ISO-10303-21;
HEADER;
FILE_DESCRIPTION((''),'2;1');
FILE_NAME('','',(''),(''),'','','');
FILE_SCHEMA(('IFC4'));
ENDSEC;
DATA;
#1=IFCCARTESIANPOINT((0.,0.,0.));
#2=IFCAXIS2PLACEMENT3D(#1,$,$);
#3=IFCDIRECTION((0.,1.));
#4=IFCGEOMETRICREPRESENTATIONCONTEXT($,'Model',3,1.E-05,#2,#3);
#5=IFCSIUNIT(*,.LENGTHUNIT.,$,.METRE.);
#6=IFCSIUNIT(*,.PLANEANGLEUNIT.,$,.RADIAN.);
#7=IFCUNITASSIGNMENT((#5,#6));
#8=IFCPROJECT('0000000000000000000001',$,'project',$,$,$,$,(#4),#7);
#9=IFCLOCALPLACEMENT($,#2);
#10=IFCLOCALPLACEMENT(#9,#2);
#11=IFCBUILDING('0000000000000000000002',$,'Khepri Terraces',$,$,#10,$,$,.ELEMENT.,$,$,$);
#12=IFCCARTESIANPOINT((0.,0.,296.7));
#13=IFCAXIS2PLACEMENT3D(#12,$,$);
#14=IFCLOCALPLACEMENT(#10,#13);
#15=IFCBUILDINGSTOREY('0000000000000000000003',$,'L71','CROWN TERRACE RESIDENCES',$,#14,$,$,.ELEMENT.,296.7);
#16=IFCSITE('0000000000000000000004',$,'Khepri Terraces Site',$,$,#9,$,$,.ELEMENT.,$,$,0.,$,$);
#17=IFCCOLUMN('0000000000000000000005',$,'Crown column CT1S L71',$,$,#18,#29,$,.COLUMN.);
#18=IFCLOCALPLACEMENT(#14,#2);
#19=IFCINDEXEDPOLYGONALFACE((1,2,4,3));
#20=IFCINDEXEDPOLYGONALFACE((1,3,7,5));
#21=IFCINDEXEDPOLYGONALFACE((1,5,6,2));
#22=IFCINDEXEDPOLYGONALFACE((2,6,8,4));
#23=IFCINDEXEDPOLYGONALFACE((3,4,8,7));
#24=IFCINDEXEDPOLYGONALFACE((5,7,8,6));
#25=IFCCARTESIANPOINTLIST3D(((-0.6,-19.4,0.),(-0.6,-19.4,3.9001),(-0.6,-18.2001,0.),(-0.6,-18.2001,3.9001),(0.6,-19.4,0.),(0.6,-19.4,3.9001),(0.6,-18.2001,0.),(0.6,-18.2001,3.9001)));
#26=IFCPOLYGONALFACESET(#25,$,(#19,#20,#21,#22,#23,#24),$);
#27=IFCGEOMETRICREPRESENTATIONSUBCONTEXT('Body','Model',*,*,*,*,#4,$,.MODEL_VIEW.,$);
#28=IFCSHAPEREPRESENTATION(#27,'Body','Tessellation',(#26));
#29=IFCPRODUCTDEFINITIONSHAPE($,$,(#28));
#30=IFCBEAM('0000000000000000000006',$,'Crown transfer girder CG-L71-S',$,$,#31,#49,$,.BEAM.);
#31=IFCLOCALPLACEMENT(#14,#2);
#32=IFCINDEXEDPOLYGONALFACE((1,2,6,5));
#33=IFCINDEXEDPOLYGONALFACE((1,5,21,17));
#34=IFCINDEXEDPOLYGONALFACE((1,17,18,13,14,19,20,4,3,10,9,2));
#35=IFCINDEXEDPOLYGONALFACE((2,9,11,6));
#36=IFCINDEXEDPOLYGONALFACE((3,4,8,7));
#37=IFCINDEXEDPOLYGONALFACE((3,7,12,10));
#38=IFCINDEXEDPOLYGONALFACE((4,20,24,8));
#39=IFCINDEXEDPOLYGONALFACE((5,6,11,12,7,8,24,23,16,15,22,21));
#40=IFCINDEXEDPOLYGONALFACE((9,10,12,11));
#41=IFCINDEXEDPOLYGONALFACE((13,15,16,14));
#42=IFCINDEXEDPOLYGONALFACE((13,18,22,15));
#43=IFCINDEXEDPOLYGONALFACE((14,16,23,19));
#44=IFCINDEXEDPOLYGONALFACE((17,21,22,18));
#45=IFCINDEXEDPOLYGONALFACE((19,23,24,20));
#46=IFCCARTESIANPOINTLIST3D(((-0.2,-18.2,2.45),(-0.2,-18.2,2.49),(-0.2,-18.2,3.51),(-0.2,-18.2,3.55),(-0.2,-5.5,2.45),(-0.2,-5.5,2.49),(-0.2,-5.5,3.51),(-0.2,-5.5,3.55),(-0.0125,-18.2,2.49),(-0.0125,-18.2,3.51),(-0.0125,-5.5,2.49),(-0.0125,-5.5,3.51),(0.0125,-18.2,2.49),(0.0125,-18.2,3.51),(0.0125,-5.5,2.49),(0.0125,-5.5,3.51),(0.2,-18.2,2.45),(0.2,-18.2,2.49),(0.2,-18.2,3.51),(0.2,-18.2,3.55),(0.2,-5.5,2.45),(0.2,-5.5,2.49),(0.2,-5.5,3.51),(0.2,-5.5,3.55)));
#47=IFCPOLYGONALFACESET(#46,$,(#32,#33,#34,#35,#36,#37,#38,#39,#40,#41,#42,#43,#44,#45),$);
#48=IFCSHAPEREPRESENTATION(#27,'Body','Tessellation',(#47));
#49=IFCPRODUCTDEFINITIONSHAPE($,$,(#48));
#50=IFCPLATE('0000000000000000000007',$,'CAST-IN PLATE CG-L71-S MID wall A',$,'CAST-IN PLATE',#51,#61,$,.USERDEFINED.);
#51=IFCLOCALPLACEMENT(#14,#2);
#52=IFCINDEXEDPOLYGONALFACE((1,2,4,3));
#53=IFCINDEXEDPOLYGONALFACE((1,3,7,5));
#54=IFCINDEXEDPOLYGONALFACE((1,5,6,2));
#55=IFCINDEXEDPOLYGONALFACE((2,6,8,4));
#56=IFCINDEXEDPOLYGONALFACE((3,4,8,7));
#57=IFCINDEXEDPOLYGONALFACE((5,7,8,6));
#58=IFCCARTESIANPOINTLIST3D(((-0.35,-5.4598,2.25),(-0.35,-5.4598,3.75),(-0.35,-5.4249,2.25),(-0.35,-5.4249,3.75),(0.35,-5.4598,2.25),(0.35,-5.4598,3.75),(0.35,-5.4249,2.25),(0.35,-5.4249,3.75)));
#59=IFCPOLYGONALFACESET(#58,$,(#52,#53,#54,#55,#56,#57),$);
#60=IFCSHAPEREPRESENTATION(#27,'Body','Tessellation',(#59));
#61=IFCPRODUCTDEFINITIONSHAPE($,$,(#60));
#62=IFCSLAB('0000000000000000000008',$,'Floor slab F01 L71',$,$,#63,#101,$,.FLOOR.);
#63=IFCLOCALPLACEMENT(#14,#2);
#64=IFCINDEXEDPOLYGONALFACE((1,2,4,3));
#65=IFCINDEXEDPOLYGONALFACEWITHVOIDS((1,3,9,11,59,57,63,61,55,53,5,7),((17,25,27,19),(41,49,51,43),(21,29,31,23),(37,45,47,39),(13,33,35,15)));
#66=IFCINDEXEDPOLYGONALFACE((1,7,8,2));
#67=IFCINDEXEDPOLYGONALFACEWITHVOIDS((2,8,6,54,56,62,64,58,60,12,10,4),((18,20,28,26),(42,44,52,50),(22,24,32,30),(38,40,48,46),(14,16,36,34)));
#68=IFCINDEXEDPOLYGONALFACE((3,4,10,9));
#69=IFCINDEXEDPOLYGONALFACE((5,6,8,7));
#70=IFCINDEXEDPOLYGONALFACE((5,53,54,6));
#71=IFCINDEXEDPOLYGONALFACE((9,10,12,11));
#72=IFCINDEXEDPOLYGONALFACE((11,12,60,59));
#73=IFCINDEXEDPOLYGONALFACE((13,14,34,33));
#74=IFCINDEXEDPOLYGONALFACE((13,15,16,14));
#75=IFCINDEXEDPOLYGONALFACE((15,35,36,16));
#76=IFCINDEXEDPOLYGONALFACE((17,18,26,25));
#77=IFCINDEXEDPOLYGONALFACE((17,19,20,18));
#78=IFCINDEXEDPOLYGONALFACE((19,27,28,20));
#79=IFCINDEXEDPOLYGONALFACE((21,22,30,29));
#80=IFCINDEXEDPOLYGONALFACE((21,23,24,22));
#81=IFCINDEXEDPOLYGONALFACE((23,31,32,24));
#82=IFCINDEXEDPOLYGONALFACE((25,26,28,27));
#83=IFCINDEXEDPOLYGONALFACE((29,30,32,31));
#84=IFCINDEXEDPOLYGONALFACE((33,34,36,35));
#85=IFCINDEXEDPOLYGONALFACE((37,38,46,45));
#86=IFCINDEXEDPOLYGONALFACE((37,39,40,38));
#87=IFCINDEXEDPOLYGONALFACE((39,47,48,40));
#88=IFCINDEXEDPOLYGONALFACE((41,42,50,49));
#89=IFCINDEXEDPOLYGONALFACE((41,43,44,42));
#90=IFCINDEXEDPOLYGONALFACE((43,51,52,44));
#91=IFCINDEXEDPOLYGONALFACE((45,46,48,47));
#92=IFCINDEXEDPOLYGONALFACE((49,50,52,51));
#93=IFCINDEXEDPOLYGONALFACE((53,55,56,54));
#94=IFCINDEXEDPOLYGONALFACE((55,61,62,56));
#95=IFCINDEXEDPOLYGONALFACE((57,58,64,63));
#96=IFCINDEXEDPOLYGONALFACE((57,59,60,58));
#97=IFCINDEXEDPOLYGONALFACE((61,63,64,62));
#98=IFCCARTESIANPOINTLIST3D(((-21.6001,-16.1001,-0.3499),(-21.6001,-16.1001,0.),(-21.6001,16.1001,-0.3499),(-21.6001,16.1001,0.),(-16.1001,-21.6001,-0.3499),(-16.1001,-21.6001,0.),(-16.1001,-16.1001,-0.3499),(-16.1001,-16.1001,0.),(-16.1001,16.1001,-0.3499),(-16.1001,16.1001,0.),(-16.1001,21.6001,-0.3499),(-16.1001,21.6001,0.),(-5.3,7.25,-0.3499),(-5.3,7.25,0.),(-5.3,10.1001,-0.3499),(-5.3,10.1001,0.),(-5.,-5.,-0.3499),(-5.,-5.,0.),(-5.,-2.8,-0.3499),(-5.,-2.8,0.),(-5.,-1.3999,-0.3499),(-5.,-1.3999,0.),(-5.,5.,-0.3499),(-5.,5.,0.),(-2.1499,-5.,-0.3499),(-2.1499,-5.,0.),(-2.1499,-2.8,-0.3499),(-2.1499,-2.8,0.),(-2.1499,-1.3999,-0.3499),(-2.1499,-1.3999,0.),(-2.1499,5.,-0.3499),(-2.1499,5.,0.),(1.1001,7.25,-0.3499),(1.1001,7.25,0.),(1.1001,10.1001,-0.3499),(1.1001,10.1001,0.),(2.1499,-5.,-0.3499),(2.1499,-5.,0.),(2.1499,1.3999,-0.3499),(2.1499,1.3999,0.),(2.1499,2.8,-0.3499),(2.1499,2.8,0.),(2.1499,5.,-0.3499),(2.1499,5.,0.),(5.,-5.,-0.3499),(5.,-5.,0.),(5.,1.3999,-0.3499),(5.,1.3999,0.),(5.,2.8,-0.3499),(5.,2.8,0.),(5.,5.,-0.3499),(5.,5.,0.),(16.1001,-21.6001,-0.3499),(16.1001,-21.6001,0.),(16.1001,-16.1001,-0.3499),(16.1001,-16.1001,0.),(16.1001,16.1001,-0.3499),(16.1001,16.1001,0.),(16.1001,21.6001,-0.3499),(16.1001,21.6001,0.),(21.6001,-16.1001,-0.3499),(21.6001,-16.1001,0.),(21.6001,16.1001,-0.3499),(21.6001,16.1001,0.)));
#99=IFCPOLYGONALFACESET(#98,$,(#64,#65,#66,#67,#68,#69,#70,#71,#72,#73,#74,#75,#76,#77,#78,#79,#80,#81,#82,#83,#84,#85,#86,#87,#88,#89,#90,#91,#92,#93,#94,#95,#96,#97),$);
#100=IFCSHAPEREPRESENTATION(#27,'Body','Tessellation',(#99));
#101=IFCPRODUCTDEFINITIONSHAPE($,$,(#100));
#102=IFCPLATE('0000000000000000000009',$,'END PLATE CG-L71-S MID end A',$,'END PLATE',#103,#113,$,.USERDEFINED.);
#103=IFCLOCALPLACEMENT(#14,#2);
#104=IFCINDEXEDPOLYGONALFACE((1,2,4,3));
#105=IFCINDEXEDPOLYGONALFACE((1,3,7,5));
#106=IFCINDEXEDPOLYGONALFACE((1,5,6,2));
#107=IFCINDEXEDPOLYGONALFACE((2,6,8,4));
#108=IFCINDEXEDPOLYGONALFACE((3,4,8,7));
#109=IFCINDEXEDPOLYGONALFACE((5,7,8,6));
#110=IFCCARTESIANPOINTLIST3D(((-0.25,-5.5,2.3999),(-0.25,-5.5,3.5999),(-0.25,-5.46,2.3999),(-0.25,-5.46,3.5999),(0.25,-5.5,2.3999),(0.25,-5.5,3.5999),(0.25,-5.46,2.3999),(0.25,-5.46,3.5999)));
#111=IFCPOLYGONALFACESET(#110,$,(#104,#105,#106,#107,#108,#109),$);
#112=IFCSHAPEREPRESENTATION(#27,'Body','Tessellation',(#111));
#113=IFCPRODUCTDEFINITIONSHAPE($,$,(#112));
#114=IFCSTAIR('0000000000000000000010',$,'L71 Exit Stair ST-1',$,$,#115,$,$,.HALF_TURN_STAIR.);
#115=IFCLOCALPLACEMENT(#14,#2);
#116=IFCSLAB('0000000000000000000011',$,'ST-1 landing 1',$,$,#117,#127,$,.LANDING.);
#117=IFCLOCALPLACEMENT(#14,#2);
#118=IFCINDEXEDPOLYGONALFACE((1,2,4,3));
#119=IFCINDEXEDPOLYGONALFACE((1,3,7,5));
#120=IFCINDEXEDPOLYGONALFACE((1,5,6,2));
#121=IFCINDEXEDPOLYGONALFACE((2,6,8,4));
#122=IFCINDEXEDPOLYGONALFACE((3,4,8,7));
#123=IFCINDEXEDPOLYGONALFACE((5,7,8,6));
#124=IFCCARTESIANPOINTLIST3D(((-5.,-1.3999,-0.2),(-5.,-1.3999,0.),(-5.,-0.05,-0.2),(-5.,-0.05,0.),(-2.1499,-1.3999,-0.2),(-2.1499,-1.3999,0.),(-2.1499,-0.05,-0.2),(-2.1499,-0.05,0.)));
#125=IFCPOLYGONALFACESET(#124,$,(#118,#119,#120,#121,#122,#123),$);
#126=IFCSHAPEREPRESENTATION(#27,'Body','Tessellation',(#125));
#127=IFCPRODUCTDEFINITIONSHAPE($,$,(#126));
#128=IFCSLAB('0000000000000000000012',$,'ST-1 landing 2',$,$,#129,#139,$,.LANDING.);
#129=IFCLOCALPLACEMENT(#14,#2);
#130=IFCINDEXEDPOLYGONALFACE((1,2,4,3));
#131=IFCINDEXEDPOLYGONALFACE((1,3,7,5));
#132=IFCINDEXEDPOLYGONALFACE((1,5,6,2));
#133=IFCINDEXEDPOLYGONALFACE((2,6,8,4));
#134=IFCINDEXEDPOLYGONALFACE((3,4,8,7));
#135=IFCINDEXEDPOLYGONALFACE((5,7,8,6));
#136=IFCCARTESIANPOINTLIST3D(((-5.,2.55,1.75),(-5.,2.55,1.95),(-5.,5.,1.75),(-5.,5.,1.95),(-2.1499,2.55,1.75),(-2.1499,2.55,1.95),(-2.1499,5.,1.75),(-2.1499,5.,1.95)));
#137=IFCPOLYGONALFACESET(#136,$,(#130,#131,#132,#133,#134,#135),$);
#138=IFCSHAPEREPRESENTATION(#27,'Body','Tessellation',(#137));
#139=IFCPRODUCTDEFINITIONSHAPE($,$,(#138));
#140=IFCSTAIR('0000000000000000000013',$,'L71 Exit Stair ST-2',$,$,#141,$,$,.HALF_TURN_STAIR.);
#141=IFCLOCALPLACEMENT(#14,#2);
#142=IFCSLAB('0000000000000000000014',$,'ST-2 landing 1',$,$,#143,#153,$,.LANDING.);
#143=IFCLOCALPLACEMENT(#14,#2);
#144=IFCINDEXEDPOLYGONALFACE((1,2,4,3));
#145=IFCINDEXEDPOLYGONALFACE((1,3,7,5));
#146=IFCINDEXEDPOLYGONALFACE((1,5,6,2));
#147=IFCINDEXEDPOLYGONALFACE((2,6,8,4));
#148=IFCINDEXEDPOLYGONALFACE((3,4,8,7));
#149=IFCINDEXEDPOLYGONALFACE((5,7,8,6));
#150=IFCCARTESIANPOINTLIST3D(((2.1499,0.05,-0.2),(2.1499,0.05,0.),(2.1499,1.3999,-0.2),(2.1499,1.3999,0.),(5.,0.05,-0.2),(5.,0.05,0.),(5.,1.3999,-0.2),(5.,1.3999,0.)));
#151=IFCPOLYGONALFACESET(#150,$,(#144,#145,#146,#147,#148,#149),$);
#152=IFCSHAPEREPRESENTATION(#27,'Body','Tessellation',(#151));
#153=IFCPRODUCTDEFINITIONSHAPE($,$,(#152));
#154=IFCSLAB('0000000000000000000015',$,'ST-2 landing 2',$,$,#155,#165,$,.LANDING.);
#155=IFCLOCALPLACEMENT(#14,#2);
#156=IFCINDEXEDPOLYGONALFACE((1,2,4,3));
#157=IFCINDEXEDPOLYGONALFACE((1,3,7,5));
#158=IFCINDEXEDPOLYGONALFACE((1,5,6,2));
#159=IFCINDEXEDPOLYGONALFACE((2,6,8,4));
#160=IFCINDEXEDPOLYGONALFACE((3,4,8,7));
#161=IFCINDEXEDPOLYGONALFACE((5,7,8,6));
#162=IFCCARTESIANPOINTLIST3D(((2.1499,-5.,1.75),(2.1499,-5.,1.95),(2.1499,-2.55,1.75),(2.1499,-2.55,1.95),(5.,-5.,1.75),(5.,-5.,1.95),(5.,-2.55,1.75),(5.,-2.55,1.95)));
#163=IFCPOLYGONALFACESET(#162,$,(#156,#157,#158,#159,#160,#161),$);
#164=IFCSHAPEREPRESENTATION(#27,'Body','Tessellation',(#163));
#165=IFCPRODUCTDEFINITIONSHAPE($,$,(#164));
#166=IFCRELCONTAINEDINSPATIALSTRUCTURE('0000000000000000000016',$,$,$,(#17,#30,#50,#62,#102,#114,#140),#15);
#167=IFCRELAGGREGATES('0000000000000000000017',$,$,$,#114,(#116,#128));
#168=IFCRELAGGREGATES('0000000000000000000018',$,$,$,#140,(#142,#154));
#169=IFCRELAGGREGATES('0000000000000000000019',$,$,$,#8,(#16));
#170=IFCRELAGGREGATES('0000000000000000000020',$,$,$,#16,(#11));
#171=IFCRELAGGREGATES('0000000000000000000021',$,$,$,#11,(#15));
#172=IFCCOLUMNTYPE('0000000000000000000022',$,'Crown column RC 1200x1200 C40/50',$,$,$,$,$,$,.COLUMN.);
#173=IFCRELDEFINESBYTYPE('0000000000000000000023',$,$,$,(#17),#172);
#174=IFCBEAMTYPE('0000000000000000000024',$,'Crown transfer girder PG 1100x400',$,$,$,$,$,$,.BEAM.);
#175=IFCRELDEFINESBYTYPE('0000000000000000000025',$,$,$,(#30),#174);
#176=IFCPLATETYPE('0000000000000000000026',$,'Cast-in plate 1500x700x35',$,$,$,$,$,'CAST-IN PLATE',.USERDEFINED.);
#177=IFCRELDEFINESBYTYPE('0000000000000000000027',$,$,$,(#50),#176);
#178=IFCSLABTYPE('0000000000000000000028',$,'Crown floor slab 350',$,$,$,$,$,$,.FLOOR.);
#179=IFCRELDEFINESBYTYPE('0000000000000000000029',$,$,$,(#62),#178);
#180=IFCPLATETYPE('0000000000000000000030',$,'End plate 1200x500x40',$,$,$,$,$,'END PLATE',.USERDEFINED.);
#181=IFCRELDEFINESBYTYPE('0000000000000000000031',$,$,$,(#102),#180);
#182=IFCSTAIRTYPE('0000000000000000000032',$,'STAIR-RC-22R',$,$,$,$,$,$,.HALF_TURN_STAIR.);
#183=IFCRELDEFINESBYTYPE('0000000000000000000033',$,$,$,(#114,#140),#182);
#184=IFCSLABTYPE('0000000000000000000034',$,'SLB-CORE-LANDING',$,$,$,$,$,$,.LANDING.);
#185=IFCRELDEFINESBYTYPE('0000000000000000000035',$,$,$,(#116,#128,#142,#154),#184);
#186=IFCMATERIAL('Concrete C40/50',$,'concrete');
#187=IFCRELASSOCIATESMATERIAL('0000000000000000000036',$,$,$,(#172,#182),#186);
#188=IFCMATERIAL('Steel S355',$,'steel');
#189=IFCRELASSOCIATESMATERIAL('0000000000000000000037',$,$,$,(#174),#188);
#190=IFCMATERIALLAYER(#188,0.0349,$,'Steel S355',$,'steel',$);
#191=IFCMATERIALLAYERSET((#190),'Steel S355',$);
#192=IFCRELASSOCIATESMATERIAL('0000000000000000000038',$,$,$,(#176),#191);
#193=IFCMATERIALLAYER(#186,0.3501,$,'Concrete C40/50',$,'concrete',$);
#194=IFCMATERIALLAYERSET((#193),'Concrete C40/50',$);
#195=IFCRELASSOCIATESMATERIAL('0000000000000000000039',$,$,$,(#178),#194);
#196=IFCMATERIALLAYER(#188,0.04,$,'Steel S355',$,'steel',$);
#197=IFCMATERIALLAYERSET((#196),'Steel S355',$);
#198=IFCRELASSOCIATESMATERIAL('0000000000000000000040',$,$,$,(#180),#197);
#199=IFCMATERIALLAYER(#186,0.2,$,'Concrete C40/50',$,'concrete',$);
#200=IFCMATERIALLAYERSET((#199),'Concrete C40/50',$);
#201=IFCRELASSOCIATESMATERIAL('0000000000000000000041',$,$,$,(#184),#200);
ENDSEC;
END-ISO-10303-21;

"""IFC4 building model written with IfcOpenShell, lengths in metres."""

from ifc_helpers import new_model, si_unit, direction, frame, origin, origin_2d, place, context, subcontext, project, spatial, polyline, rectangle, i_section, outline, extrude, material, layer, layer_set, material_profile, profile_set, type_object, element, aggregate, save


model = new_model("IFC4")

# Units and contexts
model_context = context("Model", 3, precision=1e-05, world=origin(), true_north=direction((0.0, 1.0)))
body_context = subcontext(model_context, "Body", "Model", "MODEL_VIEW")
ifc_project = project(units=[si_unit("LENGTHUNIT", "METRE"), si_unit("PLANEANGLEUNIT", "RADIAN")], contexts=[model_context])

# Site, building, storey
site_placement = place(None, origin())
site = spatial("IfcSite", under=ifc_project, at=site_placement, Name="Khepri Terraces Site", CompositionType="ELEMENT", RefElevation=0.0)
building_placement = place(site_placement, origin())
building = spatial("IfcBuilding", under=site, at=building_placement, Name="Khepri Terraces", CompositionType="ELEMENT")
storey_placement = place(building_placement, frame((0.0, 0.0, 296.7)))
storey = spatial("IfcBuildingStorey", under=building, at=storey_placement, Name="L71", Description="CROWN TERRACE RESIDENCES", CompositionType="ELEMENT", Elevation=296.7)

# Column
ifc_material_1 = material(Name="Concrete C40/50", Category="concrete")
ifc_material_profile_1 = material_profile(ifc_material_1, rectangle(XDim=1.2, YDim=1.2, at=origin_2d()), Name="Concrete C40/50", Category="concrete")
ifc_profile_set_1 = profile_set([ifc_material_profile_1], Name="Concrete C40/50")
column_type = type_object("IfcColumnType", Name="Crown column RC 1200x1200 C40/50", PredefinedType="COLUMN", material=ifc_profile_set_1)
column_placement = place(storey_placement, frame((0.0, -18.8, 0.0), z_axis=(0.0, 0.0, 1.0), x_axis=(1.0, 0.0, 0.0)))
element("IfcColumn", 1, at=column_placement, inside=storey, type_object=column_type, Name="Crown column CT1S L71", PredefinedType="COLUMN", context=body_context, shape_type="SweptSolid", body=[
    extrude(rectangle(XDim=1.2, YDim=1.2, at=origin_2d()), origin(), (0.0, 0.0, 1.0), 3.9001),
])

# Beam
ifc_material_2 = material(Name="Steel S355", Category="steel")
ifc_material_profile_2 = material_profile(ifc_material_2, i_section(OverallWidth=0.3999, OverallDepth=1.1001, WebThickness=0.0249, FlangeThickness=0.04, at=origin_2d()), Name="Steel S355", Category="steel")
ifc_profile_set_2 = profile_set([ifc_material_profile_2], Name="Steel S355")
beam_type = type_object("IfcBeamType", Name="Crown transfer girder PG 1100x400", PredefinedType="BEAM", material=ifc_profile_set_2)
beam_placement = place(storey_placement, frame((0.0, -5.5, 3.0), z_axis=(0.0, -1.0, 0.0), x_axis=(1.0, 0.0, 0.0)))
element("IfcBeam", 2, at=beam_placement, inside=storey, type_object=beam_type, Name="Crown transfer girder CG-L71-S", PredefinedType="BEAM", context=body_context, shape_type="SweptSolid", body=[
    extrude(i_section(OverallWidth=0.3999, OverallDepth=1.1001, WebThickness=0.0249, FlangeThickness=0.04, at=origin_2d()), origin(), (0.0, 0.0, 1.0), 12.7),
])

# Plate
ifc_layer_1 = layer(ifc_material_2, 0.0349, Name="Steel S355", Category="steel")
ifc_layer_set_1 = layer_set([ifc_layer_1], Name="Steel S355")
plate_type_1 = type_object("IfcPlateType", Name="Cast-in plate 1500x700x35", ElementType="CAST-IN PLATE", PredefinedType="USERDEFINED", material=ifc_layer_set_1)
plate_1_placement = place(storey_placement, frame((0.0, -5.4424, 2.25), z_axis=(0.0, 0.0, 1.0), x_axis=(0.0, -1.0, 0.0)))
element("IfcPlate", 3, at=plate_1_placement, inside=storey, type_object=plate_type_1, Name="CAST-IN PLATE CG-L71-S MID wall A", ObjectType="CAST-IN PLATE", PredefinedType="USERDEFINED", context=body_context, shape_type="SweptSolid", body=[
    extrude(rectangle(XDim=0.0349, YDim=0.7, at=origin_2d()), origin(), (0.0, 0.0, 1.0), 1.5),
])

# Slab
ifc_layer_2 = layer(ifc_material_1, 0.3501, Name="Concrete C40/50", Category="concrete")
ifc_layer_set_2 = layer_set([ifc_layer_2], Name="Concrete C40/50")
slab_type_1 = type_object("IfcSlabType", Name="Crown floor slab 350", PredefinedType="FLOOR", material=ifc_layer_set_2)
slab_1_placement = place(storey_placement, frame((0.0, 0.0, -0.3499)))
element("IfcSlab", 4, at=slab_1_placement, inside=storey, type_object=slab_type_1, Name="Floor slab F01 L71", PredefinedType="FLOOR", context=body_context, shape_type="SweptSolid", body=[
    extrude(outline(polyline([(-21.6001, -16.1001), (-21.6001, 16.1001), (-16.1001, 16.1001), (-16.1001, 21.6001), (16.1001, 21.6001), (16.1001, 16.1001), (21.6001, 16.1001), (21.6001, -16.1001), (16.1001, -16.1001), (16.1001, -21.6001), (-16.1001, -21.6001), (-16.1001, -16.1001), (-21.6001, -16.1001)]), holes=[polyline([(5.0, 5.0), (2.1499, 5.0), (2.1499, 2.8), (5.0, 2.8), (5.0, 5.0)]), polyline([(-2.1499, -5.0), (-2.1499, -2.8), (-5.0, -2.8), (-5.0, -5.0), (-2.1499, -5.0)]), polyline([(-5.0, -1.3999), (-2.1499, -1.3999), (-2.1499, 5.0), (-5.0, 5.0), (-5.0, -1.3999)]), polyline([(5.0, -5.0), (5.0, 1.3999), (2.1499, 1.3999), (2.1499, -5.0), (5.0, -5.0)]), polyline([(-5.3, 10.1001), (-5.3, 7.25), (1.1001, 7.25), (1.1001, 10.1001), (-5.3, 10.1001)])]), origin(), (0.0, 0.0, 1.0), 0.3499),
])

# Plate
ifc_layer_3 = layer(ifc_material_2, 0.04, Name="Steel S355", Category="steel")
ifc_layer_set_3 = layer_set([ifc_layer_3], Name="Steel S355")
plate_type_2 = type_object("IfcPlateType", Name="End plate 1200x500x40", ElementType="END PLATE", PredefinedType="USERDEFINED", material=ifc_layer_set_3)
plate_2_placement = place(storey_placement, frame((0.0, -5.48, 2.3999), z_axis=(0.0, 0.0, 1.0), x_axis=(0.0, -1.0, 0.0)))
element("IfcPlate", 5, at=plate_2_placement, inside=storey, type_object=plate_type_2, Name="END PLATE CG-L71-S MID end A", ObjectType="END PLATE", PredefinedType="USERDEFINED", context=body_context, shape_type="SweptSolid", body=[
    extrude(rectangle(XDim=0.04, YDim=0.5, at=origin_2d()), origin(), (0.0, 0.0, 1.0), 1.2),
])

# Stairs, slabs
stair_type = type_object("IfcStairType", Name="STAIR-RC-22R", PredefinedType="HALF_TURN_STAIR", material=ifc_material_1)
stair_1_placement = place(storey_placement, origin())
stair_1 = element("IfcStair", 6, at=stair_1_placement, inside=storey, type_object=stair_type, Name="L71 Exit Stair ST-1", PredefinedType="HALF_TURN_STAIR")
ifc_layer_4 = layer(ifc_material_1, 0.2, Name="Concrete C40/50", Category="concrete")
ifc_layer_set_4 = layer_set([ifc_layer_4], Name="Concrete C40/50")
slab_type_2 = type_object("IfcSlabType", Name="SLB-CORE-LANDING", PredefinedType="LANDING", material=ifc_layer_set_4)
slab_2_placement = place(storey_placement, frame((0.0, 0.0, -0.2)))
slab_2 = element("IfcSlab", 7, at=slab_2_placement, type_object=slab_type_2, Name="ST-1 landing 1", PredefinedType="LANDING", context=body_context, shape_type="SweptSolid", body=[
    extrude(outline(polyline([(-2.1499, -1.3999), (-2.1499, -0.05), (-5.0, -0.05), (-5.0, -1.3999), (-2.1499, -1.3999)])), origin(), (0.0, 0.0, 1.0), 0.2),
])
slab_3_placement = place(storey_placement, frame((0.0, 0.0, 1.75)))
slab_3 = element("IfcSlab", 8, at=slab_3_placement, type_object=slab_type_2, Name="ST-1 landing 2", PredefinedType="LANDING", context=body_context, shape_type="SweptSolid", body=[
    extrude(outline(polyline([(-2.1499, 2.55), (-2.1499, 5.0), (-5.0, 5.0), (-5.0, 2.55), (-2.1499, 2.55)])), origin(), (0.0, 0.0, 1.0), 0.2),
])
aggregate(stair_1, [slab_2, slab_3])
stair_2_placement = place(storey_placement, origin())
stair_2 = element("IfcStair", 9, at=stair_2_placement, inside=storey, type_object=stair_type, Name="L71 Exit Stair ST-2", PredefinedType="HALF_TURN_STAIR")
slab_4_placement = place(storey_placement, frame((0.0, 0.0, -0.2)))
slab_4 = element("IfcSlab", 10, at=slab_4_placement, type_object=slab_type_2, Name="ST-2 landing 1", PredefinedType="LANDING", context=body_context, shape_type="SweptSolid", body=[
    extrude(outline(polyline([(2.1499, 1.3999), (2.1499, 0.05), (5.0, 0.05), (5.0, 1.3999), (2.1499, 1.3999)])), origin(), (0.0, 0.0, 1.0), 0.2),
])
slab_5_placement = place(storey_placement, frame((0.0, 0.0, 1.75)))
slab_5 = element("IfcSlab", 11, at=slab_5_placement, type_object=slab_type_2, Name="ST-2 landing 2", PredefinedType="LANDING", context=body_context, shape_type="SweptSolid", body=[
    extrude(outline(polyline([(2.1499, -2.55), (2.1499, -5.0), (5.0, -5.0), (5.0, -2.55), (2.1499, -2.55)])), origin(), (0.0, 0.0, 1.0), 0.2),
])
aggregate(stair_2, [slab_4, slab_5])

save(model, "model.ifc")
